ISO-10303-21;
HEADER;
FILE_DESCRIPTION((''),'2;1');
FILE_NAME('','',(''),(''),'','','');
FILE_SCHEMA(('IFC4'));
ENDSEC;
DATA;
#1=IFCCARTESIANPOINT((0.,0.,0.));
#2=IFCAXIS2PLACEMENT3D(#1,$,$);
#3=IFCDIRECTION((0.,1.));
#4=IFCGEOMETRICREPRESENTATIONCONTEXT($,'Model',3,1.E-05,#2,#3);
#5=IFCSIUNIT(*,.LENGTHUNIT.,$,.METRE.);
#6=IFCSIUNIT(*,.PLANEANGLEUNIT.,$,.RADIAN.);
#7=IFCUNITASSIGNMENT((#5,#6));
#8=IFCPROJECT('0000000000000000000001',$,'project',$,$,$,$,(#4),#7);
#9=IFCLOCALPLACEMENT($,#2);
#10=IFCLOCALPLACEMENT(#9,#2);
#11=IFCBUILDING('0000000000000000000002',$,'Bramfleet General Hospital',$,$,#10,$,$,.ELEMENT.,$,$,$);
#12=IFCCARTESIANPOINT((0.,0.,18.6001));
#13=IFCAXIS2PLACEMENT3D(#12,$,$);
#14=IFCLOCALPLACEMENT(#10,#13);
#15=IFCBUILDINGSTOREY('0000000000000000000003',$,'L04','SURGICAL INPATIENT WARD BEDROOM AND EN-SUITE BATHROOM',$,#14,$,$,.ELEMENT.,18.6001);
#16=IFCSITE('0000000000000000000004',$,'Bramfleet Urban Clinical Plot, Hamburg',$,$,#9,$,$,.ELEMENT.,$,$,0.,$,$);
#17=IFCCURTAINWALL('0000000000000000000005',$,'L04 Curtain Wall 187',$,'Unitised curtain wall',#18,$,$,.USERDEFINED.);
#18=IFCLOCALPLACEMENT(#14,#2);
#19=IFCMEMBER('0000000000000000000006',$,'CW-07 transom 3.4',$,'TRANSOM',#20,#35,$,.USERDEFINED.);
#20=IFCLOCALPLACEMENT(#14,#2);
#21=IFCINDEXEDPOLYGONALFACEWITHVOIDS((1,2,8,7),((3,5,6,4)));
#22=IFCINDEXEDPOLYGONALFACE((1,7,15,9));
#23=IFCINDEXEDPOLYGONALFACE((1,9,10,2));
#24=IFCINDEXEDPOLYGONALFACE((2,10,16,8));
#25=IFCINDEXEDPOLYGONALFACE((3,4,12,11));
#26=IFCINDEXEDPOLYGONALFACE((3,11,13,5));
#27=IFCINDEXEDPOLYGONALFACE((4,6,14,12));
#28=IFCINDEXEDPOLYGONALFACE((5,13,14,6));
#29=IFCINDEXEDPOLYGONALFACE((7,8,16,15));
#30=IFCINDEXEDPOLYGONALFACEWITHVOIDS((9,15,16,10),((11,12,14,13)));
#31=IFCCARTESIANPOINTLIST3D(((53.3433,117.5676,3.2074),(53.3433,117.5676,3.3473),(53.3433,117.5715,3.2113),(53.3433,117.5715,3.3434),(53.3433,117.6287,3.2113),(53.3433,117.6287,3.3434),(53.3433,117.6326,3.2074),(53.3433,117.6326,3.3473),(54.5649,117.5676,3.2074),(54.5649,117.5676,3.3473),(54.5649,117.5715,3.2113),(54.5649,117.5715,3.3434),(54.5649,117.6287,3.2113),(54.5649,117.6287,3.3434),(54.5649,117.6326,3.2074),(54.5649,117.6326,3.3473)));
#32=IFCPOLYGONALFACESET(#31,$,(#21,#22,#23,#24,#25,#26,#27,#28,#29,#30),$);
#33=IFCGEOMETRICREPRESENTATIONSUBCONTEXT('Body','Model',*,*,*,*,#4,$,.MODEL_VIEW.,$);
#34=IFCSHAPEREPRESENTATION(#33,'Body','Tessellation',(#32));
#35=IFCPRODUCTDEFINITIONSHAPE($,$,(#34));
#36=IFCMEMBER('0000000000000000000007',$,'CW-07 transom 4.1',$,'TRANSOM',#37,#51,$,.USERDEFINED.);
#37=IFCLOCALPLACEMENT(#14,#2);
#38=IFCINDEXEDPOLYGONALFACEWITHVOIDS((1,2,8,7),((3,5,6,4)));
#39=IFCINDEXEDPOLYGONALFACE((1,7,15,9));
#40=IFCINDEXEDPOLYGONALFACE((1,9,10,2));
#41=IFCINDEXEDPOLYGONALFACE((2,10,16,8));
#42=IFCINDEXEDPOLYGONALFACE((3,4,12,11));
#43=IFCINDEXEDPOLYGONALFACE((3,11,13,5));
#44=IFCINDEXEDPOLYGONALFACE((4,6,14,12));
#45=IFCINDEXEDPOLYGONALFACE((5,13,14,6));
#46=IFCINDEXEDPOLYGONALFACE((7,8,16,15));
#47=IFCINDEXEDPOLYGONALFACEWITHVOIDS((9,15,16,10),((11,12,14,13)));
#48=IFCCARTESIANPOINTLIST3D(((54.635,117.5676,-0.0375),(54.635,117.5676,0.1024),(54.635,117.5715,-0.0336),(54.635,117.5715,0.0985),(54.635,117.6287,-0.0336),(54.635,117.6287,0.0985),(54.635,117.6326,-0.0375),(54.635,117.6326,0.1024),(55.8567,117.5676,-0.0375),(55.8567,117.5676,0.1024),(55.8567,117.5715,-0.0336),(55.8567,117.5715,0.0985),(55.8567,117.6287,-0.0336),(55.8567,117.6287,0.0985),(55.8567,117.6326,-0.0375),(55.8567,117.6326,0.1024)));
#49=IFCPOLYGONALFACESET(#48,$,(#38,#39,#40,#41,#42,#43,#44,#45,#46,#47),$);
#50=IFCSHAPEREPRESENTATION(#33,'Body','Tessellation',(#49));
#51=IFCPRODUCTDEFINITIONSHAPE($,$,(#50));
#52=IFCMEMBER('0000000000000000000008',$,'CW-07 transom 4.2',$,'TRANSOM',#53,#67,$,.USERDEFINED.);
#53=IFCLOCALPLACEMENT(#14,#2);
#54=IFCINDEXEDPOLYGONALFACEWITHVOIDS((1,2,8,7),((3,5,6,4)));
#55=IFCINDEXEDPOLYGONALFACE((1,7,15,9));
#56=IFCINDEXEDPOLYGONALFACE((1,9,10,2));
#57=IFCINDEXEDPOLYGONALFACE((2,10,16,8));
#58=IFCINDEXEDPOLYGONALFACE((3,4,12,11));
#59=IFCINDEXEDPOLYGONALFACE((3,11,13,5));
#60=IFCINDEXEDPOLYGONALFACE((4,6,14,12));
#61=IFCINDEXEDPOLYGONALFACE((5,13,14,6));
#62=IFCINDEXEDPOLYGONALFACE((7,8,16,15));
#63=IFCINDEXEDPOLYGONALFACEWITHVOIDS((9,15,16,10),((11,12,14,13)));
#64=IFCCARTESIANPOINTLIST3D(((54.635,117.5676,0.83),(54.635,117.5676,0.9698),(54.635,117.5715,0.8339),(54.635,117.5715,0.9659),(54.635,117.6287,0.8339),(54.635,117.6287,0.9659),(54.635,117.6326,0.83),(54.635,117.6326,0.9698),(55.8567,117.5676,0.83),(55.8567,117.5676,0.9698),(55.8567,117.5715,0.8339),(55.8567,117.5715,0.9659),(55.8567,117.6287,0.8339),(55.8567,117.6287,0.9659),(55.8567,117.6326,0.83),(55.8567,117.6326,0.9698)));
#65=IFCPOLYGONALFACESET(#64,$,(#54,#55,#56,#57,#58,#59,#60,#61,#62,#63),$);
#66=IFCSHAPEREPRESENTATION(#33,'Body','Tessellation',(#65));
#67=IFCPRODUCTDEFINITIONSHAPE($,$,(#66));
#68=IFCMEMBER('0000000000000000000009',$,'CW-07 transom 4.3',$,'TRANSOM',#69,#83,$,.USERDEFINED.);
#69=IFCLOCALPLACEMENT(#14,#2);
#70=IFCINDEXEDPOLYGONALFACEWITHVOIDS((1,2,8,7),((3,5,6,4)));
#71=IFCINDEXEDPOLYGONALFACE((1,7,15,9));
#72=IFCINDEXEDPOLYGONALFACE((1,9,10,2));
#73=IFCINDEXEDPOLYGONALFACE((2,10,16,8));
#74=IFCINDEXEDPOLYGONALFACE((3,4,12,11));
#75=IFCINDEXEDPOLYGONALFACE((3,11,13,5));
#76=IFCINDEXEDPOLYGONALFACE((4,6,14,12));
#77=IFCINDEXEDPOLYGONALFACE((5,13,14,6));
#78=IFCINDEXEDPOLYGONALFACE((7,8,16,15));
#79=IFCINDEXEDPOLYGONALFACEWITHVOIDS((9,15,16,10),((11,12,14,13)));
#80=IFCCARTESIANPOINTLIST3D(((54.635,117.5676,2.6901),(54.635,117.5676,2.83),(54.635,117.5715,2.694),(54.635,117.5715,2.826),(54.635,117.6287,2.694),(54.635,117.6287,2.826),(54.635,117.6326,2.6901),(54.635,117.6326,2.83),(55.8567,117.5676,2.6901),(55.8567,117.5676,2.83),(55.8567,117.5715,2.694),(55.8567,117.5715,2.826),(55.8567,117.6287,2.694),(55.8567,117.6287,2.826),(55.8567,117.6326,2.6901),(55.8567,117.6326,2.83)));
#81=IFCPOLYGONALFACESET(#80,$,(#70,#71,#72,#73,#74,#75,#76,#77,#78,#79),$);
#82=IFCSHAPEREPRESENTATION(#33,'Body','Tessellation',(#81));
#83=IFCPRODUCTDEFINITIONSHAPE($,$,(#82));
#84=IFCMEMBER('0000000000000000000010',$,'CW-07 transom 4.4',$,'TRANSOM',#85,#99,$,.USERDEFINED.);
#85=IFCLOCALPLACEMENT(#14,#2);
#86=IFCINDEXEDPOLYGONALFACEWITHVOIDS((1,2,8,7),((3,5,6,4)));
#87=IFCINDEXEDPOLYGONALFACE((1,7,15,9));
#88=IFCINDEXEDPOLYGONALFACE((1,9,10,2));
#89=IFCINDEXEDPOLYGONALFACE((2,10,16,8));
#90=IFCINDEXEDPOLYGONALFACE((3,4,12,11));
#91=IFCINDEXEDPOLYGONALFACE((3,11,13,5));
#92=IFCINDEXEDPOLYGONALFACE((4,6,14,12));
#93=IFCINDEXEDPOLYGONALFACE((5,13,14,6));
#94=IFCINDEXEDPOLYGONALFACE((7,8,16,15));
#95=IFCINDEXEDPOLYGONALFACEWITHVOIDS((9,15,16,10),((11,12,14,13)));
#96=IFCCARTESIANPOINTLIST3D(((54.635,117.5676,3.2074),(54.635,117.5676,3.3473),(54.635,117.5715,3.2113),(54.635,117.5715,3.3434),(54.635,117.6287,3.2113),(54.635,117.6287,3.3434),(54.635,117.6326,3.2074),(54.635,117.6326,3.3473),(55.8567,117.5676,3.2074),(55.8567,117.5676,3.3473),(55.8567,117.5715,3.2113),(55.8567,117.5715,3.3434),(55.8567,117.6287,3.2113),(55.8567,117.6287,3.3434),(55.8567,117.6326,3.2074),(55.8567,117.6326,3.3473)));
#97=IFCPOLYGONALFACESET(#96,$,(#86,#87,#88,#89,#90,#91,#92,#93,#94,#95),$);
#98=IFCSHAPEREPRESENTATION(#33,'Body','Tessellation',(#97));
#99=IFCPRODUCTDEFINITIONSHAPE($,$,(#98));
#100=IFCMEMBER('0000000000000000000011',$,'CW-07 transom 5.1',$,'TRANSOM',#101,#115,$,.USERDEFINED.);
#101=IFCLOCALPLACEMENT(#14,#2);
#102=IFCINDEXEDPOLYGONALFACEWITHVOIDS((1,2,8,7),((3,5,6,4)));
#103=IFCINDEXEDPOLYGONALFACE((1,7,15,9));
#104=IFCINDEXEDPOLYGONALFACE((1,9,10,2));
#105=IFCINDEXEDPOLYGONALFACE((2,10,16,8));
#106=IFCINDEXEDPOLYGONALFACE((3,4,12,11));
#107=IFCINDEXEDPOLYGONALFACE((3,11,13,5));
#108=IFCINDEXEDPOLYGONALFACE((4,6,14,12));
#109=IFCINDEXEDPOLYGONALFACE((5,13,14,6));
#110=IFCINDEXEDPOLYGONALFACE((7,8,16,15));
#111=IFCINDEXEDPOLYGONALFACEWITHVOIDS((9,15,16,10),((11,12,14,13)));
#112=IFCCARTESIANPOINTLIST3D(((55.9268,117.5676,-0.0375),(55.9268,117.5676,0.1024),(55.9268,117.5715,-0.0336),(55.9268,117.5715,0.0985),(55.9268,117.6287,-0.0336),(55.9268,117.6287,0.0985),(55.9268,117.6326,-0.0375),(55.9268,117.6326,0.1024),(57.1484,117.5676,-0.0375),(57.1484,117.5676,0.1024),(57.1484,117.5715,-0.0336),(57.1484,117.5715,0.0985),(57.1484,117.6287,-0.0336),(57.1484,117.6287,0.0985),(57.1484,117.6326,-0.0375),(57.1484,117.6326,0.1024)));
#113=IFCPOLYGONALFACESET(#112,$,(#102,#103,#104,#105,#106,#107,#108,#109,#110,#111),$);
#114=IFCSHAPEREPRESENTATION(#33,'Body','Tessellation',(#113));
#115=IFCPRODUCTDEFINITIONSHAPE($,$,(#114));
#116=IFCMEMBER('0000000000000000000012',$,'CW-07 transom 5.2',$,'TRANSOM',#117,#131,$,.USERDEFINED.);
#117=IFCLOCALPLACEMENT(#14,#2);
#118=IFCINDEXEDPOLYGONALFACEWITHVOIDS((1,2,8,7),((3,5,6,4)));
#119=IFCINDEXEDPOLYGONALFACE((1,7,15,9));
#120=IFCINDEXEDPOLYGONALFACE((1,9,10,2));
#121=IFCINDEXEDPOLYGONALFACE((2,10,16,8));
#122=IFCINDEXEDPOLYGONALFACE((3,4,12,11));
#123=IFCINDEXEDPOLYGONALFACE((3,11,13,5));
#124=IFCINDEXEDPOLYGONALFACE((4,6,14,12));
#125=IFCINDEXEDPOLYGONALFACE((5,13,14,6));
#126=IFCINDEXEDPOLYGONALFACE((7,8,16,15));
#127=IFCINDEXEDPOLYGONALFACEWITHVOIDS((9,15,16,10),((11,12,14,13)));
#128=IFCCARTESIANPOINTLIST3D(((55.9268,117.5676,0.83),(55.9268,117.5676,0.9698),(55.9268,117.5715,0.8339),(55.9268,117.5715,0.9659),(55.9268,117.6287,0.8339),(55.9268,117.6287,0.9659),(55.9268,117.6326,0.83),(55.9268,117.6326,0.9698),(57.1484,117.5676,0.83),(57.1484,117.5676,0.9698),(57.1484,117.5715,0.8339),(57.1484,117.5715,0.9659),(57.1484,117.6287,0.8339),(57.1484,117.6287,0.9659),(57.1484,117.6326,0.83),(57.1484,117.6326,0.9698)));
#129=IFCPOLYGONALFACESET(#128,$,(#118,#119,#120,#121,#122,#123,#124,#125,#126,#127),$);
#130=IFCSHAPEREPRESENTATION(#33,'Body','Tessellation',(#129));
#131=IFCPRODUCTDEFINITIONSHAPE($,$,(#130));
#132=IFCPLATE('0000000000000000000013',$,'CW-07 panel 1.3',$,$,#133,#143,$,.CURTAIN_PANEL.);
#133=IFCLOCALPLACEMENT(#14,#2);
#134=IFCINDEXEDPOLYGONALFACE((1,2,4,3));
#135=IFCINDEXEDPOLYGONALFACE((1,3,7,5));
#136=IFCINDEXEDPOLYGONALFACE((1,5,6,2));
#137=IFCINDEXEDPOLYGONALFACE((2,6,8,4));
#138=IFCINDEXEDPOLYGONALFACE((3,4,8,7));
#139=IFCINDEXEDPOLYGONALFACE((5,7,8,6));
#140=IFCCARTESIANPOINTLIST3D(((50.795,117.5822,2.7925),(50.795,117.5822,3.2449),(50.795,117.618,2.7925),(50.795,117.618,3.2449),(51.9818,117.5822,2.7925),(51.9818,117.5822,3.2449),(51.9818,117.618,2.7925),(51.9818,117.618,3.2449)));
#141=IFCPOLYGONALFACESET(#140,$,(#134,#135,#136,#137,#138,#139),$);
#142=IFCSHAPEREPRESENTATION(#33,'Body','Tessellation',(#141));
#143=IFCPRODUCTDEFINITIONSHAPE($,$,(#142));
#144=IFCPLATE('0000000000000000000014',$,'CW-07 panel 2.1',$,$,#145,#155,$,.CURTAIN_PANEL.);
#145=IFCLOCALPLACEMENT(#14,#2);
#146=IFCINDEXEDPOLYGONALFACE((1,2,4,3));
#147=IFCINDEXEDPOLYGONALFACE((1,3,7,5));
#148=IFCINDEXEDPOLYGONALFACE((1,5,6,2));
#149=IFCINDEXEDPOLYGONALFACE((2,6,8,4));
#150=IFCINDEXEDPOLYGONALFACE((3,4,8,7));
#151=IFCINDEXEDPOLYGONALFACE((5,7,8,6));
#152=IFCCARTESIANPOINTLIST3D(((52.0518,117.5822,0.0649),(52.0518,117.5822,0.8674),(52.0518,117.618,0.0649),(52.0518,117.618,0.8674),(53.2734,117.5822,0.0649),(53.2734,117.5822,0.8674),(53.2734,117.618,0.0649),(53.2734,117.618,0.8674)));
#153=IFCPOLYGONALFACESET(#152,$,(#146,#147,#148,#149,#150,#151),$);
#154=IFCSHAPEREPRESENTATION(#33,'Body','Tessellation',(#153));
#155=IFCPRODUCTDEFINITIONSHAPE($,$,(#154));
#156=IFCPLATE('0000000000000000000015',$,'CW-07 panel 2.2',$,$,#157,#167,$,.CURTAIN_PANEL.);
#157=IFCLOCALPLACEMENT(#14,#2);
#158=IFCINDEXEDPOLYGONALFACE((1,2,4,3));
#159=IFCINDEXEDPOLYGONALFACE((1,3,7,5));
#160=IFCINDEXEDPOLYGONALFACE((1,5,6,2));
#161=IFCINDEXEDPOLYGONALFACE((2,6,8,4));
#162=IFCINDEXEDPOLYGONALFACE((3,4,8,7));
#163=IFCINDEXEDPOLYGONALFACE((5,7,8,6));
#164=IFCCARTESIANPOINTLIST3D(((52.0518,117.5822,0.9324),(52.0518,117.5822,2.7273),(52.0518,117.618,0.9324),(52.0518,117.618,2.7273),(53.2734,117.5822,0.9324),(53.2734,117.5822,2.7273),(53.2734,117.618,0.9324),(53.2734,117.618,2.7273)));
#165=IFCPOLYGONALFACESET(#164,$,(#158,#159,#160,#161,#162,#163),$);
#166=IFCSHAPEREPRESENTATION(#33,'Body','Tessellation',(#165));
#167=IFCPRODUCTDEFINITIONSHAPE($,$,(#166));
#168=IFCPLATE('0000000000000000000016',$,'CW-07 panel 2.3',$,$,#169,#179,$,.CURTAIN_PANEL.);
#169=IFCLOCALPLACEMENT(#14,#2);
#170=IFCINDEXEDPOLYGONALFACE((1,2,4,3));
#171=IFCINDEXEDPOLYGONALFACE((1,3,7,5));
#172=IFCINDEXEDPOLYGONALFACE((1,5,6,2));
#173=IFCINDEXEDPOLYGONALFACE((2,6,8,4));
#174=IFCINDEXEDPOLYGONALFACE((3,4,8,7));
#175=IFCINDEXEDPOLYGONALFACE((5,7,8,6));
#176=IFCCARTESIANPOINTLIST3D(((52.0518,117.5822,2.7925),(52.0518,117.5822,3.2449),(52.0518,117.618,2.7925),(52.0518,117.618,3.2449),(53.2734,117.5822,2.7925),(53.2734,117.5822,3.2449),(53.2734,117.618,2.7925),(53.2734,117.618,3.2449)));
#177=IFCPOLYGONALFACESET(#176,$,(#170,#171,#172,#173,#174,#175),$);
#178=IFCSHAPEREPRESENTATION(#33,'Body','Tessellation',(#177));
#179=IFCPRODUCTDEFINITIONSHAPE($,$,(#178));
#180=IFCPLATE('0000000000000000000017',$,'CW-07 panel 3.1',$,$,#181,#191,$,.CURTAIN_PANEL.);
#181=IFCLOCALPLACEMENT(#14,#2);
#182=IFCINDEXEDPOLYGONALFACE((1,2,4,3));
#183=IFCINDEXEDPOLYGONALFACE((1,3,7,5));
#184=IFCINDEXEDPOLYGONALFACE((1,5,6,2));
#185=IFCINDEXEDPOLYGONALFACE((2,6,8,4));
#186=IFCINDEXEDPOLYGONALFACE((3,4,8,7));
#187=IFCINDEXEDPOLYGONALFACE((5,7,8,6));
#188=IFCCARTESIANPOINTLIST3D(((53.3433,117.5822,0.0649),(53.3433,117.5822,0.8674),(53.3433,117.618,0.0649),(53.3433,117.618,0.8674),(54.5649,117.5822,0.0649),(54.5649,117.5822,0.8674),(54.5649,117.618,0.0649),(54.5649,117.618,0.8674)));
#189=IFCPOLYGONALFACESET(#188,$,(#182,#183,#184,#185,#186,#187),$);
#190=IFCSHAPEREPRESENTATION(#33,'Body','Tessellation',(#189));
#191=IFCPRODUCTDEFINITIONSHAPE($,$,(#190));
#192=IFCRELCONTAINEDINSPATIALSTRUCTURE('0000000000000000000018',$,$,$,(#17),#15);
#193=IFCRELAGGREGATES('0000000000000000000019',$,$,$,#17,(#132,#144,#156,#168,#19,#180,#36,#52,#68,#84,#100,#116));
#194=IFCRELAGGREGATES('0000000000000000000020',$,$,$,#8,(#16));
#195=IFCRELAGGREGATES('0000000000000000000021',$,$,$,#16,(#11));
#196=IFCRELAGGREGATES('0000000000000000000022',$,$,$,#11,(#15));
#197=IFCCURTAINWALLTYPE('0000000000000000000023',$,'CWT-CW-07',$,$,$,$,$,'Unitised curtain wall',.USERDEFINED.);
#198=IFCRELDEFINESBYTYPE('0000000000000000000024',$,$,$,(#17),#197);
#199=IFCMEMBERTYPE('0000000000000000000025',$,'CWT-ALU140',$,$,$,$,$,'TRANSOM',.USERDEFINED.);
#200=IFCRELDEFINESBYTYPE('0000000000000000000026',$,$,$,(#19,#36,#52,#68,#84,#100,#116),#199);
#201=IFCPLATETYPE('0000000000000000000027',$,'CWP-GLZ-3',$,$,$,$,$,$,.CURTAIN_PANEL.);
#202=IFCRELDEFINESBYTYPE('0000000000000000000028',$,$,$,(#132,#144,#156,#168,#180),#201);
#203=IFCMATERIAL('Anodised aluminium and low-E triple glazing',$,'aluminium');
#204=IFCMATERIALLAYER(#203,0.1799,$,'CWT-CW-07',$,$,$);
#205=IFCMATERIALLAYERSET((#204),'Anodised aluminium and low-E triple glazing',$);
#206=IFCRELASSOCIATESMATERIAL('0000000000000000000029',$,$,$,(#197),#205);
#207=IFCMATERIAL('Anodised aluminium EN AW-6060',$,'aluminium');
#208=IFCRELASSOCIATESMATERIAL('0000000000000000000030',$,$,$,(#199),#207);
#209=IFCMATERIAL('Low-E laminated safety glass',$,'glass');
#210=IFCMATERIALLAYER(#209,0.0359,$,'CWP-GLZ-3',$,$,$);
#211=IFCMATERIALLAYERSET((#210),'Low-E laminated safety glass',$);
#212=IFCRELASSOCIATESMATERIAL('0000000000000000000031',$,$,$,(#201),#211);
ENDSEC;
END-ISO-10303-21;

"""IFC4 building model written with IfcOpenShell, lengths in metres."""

from ifc_helpers import new_model, si_unit, direction, frame, origin, origin_2d, place, context, subcontext, project, spatial, rectangle, hollow_rectangle, extrude, material, layer, layer_set, material_profile, profile_set, type_object, element, aggregate, save


model = new_model("IFC4")

# Units and contexts
model_context = context("Model", 3, precision=1e-05, world=origin(), true_north=direction((0.0, 1.0)))
body_context = subcontext(model_context, "Body", "Model", "MODEL_VIEW")
ifc_project = project(units=[si_unit("LENGTHUNIT", "METRE"), si_unit("PLANEANGLEUNIT", "RADIAN")], contexts=[model_context])

# Site, building, storey
site_placement = place(None, origin())
site = spatial("IfcSite", under=ifc_project, at=site_placement, Name="Bramfleet Urban Clinical Plot, Hamburg", CompositionType="ELEMENT", RefElevation=0.0)
building_placement = place(site_placement, origin())
building = spatial("IfcBuilding", under=site, at=building_placement, Name="Bramfleet General Hospital", CompositionType="ELEMENT")
storey_placement = place(building_placement, frame((0.0, 0.0, 18.6001)))
storey = spatial("IfcBuildingStorey", under=building, at=storey_placement, Name="L04", Description="SURGICAL INPATIENT WARD BEDROOM AND EN-SUITE BATHROOM", CompositionType="ELEMENT", Elevation=18.6001)

# Curtain wall, members, plates
ifc_material_1 = material(Name="Anodised aluminium and low-E triple glazing", Category="aluminium")
ifc_layer_1 = layer(ifc_material_1, 0.1799, Name="CWT-CW-07")
ifc_layer_set_1 = layer_set([ifc_layer_1], Name="Anodised aluminium and low-E triple glazing")
curtain_wall_type = type_object("IfcCurtainWallType", Name="CWT-CW-07", ElementType="Unitised curtain wall", PredefinedType="USERDEFINED", material=ifc_layer_set_1)
curtain_wall_placement = place(storey_placement, origin())
curtain_wall = element("IfcCurtainWall", 1, at=curtain_wall_placement, inside=storey, type_object=curtain_wall_type, Name="L04 Curtain Wall 187", ObjectType="Unitised curtain wall", PredefinedType="USERDEFINED")
ifc_material_2 = material(Name="Anodised aluminium EN AW-6060", Category="aluminium")
ifc_material_profile_1 = material_profile(ifc_material_2, hollow_rectangle(XDim=0.0649, YDim=0.1399, WallThickness=0.0039, at=origin_2d()), Name="ALU 140x65x4.0")
ifc_profile_set_1 = profile_set([ifc_material_profile_1], Name="Anodised aluminium EN AW-6060")
member_type_1 = type_object("IfcMemberType", Name="CWT-ALU140", ElementType="TRANSOM", PredefinedType="USERDEFINED", material=ifc_profile_set_1)
member_1_placement = place(storey_placement, frame((53.3433, 117.6001, 3.2773), z_axis=(1.0, 0.0, 0.0), x_axis=(0.0, 1.0, 0.0)))
member_1 = element("IfcMember", 2, at=member_1_placement, type_object=member_type_1, Name="CW-07 transom 3.4", ObjectType="TRANSOM", PredefinedType="USERDEFINED", context=body_context, shape_type="SweptSolid", body=[
    extrude(hollow_rectangle(XDim=0.0649, YDim=0.1399, WallThickness=0.0039, at=origin_2d()), origin(), (0.0, 0.0, 1.0), 1.2217),
])
member_2_placement = place(storey_placement, frame((54.635, 117.6001, 0.0325), z_axis=(1.0, 0.0, 0.0), x_axis=(0.0, 1.0, 0.0)))
member_2 = element("IfcMember", 3, at=member_2_placement, type_object=member_type_1, Name="CW-07 transom 4.1", ObjectType="TRANSOM", PredefinedType="USERDEFINED", context=body_context, shape_type="SweptSolid", body=[
    extrude(hollow_rectangle(XDim=0.0649, YDim=0.1399, WallThickness=0.0039, at=origin_2d()), origin(), (0.0, 0.0, 1.0), 1.2217),
])
member_3_placement = place(storey_placement, frame((54.635, 117.6001, 0.8999), z_axis=(1.0, 0.0, 0.0), x_axis=(0.0, 1.0, 0.0)))
member_3 = element("IfcMember", 4, at=member_3_placement, type_object=member_type_1, Name="CW-07 transom 4.2", ObjectType="TRANSOM", PredefinedType="USERDEFINED", context=body_context, shape_type="SweptSolid", body=[
    extrude(hollow_rectangle(XDim=0.0649, YDim=0.1399, WallThickness=0.0039, at=origin_2d()), origin(), (0.0, 0.0, 1.0), 1.2217),
])
member_4_placement = place(storey_placement, frame((54.635, 117.6001, 2.76), z_axis=(1.0, 0.0, 0.0), x_axis=(0.0, 1.0, 0.0)))
member_4 = element("IfcMember", 5, at=member_4_placement, type_object=member_type_1, Name="CW-07 transom 4.3", ObjectType="TRANSOM", PredefinedType="USERDEFINED", context=body_context, shape_type="SweptSolid", body=[
    extrude(hollow_rectangle(XDim=0.0649, YDim=0.1399, WallThickness=0.0039, at=origin_2d()), origin(), (0.0, 0.0, 1.0), 1.2217),
])
member_5_placement = place(storey_placement, frame((54.635, 117.6001, 3.2773), z_axis=(1.0, 0.0, 0.0), x_axis=(0.0, 1.0, 0.0)))
member_5 = element("IfcMember", 6, at=member_5_placement, type_object=member_type_1, Name="CW-07 transom 4.4", ObjectType="TRANSOM", PredefinedType="USERDEFINED", context=body_context, shape_type="SweptSolid", body=[
    extrude(hollow_rectangle(XDim=0.0649, YDim=0.1399, WallThickness=0.0039, at=origin_2d()), origin(), (0.0, 0.0, 1.0), 1.2217),
])
member_6_placement = place(storey_placement, frame((55.9268, 117.6001, 0.0325), z_axis=(1.0, 0.0, 0.0), x_axis=(0.0, 1.0, 0.0)))
member_6 = element("IfcMember", 7, at=member_6_placement, type_object=member_type_1, Name="CW-07 transom 5.1", ObjectType="TRANSOM", PredefinedType="USERDEFINED", context=body_context, shape_type="SweptSolid", body=[
    extrude(hollow_rectangle(XDim=0.0649, YDim=0.1399, WallThickness=0.0039, at=origin_2d()), origin(), (0.0, 0.0, 1.0), 1.2217),
])
member_7_placement = place(storey_placement, frame((55.9268, 117.6001, 0.8999), z_axis=(1.0, 0.0, 0.0), x_axis=(0.0, 1.0, 0.0)))
member_7 = element("IfcMember", 8, at=member_7_placement, type_object=member_type_1, Name="CW-07 transom 5.2", ObjectType="TRANSOM", PredefinedType="USERDEFINED", context=body_context, shape_type="SweptSolid", body=[
    extrude(hollow_rectangle(XDim=0.0649, YDim=0.1399, WallThickness=0.0039, at=origin_2d()), origin(), (0.0, 0.0, 1.0), 1.2217),
])
ifc_material_3 = material(Name="Low-E laminated safety glass", Category="glass")
ifc_layer_2 = layer(ifc_material_3, 0.0359, Name="CWP-GLZ-3")
ifc_layer_set_2 = layer_set([ifc_layer_2], Name="Low-E laminated safety glass")
plate_type = type_object("IfcPlateType", Name="CWP-GLZ-3", PredefinedType="CURTAIN_PANEL", material=ifc_layer_set_2)
plate_1_placement = place(storey_placement, frame((51.3884, 117.6001, 2.7925), z_axis=(0.0, 0.0, 1.0), x_axis=(1.0, 0.0, 0.0)))
plate_1 = element("IfcPlate", 9, at=plate_1_placement, type_object=plate_type, Name="CW-07 panel 1.3", PredefinedType="CURTAIN_PANEL", context=body_context, shape_type="SweptSolid", body=[
    extrude(rectangle(XDim=1.1868, YDim=0.0359, at=origin_2d()), origin(), (0.0, 0.0, 1.0), 0.4524),
])
plate_2_placement = place(storey_placement, frame((52.6626, 117.6001, 0.0649), z_axis=(0.0, 0.0, 1.0), x_axis=(1.0, 0.0, 0.0)))
plate_2 = element("IfcPlate", 10, at=plate_2_placement, type_object=plate_type, Name="CW-07 panel 2.1", PredefinedType="CURTAIN_PANEL", context=body_context, shape_type="SweptSolid", body=[
    extrude(rectangle(XDim=1.2217, YDim=0.0359, at=origin_2d()), origin(), (0.0, 0.0, 1.0), 0.8025),
])
plate_3_placement = place(storey_placement, frame((52.6626, 117.6001, 0.9324), z_axis=(0.0, 0.0, 1.0), x_axis=(1.0, 0.0, 0.0)))
plate_3 = element("IfcPlate", 11, at=plate_3_placement, type_object=plate_type, Name="CW-07 panel 2.2", PredefinedType="CURTAIN_PANEL", context=body_context, shape_type="SweptSolid", body=[
    extrude(rectangle(XDim=1.2217, YDim=0.0359, at=origin_2d()), origin(), (0.0, 0.0, 1.0), 1.7949),
])
plate_4_placement = place(storey_placement, frame((52.6626, 117.6001, 2.7925), z_axis=(0.0, 0.0, 1.0), x_axis=(1.0, 0.0, 0.0)))
plate_4 = element("IfcPlate", 12, at=plate_4_placement, type_object=plate_type, Name="CW-07 panel 2.3", PredefinedType="CURTAIN_PANEL", context=body_context, shape_type="SweptSolid", body=[
    extrude(rectangle(XDim=1.2217, YDim=0.0359, at=origin_2d()), origin(), (0.0, 0.0, 1.0), 0.4524),
])
plate_5_placement = place(storey_placement, frame((53.9541, 117.6001, 0.0649), z_axis=(0.0, 0.0, 1.0), x_axis=(1.0, 0.0, 0.0)))
plate_5 = element("IfcPlate", 13, at=plate_5_placement, type_object=plate_type, Name="CW-07 panel 3.1", PredefinedType="CURTAIN_PANEL", context=body_context, shape_type="SweptSolid", body=[
    extrude(rectangle(XDim=1.2217, YDim=0.0359, at=origin_2d()), origin(), (0.0, 0.0, 1.0), 0.8025),
])
aggregate(curtain_wall, [plate_1, plate_2, plate_3, plate_4, member_1, plate_5, member_2, member_3, member_4, member_5, member_6, member_7])

save(model, "model.ifc")
